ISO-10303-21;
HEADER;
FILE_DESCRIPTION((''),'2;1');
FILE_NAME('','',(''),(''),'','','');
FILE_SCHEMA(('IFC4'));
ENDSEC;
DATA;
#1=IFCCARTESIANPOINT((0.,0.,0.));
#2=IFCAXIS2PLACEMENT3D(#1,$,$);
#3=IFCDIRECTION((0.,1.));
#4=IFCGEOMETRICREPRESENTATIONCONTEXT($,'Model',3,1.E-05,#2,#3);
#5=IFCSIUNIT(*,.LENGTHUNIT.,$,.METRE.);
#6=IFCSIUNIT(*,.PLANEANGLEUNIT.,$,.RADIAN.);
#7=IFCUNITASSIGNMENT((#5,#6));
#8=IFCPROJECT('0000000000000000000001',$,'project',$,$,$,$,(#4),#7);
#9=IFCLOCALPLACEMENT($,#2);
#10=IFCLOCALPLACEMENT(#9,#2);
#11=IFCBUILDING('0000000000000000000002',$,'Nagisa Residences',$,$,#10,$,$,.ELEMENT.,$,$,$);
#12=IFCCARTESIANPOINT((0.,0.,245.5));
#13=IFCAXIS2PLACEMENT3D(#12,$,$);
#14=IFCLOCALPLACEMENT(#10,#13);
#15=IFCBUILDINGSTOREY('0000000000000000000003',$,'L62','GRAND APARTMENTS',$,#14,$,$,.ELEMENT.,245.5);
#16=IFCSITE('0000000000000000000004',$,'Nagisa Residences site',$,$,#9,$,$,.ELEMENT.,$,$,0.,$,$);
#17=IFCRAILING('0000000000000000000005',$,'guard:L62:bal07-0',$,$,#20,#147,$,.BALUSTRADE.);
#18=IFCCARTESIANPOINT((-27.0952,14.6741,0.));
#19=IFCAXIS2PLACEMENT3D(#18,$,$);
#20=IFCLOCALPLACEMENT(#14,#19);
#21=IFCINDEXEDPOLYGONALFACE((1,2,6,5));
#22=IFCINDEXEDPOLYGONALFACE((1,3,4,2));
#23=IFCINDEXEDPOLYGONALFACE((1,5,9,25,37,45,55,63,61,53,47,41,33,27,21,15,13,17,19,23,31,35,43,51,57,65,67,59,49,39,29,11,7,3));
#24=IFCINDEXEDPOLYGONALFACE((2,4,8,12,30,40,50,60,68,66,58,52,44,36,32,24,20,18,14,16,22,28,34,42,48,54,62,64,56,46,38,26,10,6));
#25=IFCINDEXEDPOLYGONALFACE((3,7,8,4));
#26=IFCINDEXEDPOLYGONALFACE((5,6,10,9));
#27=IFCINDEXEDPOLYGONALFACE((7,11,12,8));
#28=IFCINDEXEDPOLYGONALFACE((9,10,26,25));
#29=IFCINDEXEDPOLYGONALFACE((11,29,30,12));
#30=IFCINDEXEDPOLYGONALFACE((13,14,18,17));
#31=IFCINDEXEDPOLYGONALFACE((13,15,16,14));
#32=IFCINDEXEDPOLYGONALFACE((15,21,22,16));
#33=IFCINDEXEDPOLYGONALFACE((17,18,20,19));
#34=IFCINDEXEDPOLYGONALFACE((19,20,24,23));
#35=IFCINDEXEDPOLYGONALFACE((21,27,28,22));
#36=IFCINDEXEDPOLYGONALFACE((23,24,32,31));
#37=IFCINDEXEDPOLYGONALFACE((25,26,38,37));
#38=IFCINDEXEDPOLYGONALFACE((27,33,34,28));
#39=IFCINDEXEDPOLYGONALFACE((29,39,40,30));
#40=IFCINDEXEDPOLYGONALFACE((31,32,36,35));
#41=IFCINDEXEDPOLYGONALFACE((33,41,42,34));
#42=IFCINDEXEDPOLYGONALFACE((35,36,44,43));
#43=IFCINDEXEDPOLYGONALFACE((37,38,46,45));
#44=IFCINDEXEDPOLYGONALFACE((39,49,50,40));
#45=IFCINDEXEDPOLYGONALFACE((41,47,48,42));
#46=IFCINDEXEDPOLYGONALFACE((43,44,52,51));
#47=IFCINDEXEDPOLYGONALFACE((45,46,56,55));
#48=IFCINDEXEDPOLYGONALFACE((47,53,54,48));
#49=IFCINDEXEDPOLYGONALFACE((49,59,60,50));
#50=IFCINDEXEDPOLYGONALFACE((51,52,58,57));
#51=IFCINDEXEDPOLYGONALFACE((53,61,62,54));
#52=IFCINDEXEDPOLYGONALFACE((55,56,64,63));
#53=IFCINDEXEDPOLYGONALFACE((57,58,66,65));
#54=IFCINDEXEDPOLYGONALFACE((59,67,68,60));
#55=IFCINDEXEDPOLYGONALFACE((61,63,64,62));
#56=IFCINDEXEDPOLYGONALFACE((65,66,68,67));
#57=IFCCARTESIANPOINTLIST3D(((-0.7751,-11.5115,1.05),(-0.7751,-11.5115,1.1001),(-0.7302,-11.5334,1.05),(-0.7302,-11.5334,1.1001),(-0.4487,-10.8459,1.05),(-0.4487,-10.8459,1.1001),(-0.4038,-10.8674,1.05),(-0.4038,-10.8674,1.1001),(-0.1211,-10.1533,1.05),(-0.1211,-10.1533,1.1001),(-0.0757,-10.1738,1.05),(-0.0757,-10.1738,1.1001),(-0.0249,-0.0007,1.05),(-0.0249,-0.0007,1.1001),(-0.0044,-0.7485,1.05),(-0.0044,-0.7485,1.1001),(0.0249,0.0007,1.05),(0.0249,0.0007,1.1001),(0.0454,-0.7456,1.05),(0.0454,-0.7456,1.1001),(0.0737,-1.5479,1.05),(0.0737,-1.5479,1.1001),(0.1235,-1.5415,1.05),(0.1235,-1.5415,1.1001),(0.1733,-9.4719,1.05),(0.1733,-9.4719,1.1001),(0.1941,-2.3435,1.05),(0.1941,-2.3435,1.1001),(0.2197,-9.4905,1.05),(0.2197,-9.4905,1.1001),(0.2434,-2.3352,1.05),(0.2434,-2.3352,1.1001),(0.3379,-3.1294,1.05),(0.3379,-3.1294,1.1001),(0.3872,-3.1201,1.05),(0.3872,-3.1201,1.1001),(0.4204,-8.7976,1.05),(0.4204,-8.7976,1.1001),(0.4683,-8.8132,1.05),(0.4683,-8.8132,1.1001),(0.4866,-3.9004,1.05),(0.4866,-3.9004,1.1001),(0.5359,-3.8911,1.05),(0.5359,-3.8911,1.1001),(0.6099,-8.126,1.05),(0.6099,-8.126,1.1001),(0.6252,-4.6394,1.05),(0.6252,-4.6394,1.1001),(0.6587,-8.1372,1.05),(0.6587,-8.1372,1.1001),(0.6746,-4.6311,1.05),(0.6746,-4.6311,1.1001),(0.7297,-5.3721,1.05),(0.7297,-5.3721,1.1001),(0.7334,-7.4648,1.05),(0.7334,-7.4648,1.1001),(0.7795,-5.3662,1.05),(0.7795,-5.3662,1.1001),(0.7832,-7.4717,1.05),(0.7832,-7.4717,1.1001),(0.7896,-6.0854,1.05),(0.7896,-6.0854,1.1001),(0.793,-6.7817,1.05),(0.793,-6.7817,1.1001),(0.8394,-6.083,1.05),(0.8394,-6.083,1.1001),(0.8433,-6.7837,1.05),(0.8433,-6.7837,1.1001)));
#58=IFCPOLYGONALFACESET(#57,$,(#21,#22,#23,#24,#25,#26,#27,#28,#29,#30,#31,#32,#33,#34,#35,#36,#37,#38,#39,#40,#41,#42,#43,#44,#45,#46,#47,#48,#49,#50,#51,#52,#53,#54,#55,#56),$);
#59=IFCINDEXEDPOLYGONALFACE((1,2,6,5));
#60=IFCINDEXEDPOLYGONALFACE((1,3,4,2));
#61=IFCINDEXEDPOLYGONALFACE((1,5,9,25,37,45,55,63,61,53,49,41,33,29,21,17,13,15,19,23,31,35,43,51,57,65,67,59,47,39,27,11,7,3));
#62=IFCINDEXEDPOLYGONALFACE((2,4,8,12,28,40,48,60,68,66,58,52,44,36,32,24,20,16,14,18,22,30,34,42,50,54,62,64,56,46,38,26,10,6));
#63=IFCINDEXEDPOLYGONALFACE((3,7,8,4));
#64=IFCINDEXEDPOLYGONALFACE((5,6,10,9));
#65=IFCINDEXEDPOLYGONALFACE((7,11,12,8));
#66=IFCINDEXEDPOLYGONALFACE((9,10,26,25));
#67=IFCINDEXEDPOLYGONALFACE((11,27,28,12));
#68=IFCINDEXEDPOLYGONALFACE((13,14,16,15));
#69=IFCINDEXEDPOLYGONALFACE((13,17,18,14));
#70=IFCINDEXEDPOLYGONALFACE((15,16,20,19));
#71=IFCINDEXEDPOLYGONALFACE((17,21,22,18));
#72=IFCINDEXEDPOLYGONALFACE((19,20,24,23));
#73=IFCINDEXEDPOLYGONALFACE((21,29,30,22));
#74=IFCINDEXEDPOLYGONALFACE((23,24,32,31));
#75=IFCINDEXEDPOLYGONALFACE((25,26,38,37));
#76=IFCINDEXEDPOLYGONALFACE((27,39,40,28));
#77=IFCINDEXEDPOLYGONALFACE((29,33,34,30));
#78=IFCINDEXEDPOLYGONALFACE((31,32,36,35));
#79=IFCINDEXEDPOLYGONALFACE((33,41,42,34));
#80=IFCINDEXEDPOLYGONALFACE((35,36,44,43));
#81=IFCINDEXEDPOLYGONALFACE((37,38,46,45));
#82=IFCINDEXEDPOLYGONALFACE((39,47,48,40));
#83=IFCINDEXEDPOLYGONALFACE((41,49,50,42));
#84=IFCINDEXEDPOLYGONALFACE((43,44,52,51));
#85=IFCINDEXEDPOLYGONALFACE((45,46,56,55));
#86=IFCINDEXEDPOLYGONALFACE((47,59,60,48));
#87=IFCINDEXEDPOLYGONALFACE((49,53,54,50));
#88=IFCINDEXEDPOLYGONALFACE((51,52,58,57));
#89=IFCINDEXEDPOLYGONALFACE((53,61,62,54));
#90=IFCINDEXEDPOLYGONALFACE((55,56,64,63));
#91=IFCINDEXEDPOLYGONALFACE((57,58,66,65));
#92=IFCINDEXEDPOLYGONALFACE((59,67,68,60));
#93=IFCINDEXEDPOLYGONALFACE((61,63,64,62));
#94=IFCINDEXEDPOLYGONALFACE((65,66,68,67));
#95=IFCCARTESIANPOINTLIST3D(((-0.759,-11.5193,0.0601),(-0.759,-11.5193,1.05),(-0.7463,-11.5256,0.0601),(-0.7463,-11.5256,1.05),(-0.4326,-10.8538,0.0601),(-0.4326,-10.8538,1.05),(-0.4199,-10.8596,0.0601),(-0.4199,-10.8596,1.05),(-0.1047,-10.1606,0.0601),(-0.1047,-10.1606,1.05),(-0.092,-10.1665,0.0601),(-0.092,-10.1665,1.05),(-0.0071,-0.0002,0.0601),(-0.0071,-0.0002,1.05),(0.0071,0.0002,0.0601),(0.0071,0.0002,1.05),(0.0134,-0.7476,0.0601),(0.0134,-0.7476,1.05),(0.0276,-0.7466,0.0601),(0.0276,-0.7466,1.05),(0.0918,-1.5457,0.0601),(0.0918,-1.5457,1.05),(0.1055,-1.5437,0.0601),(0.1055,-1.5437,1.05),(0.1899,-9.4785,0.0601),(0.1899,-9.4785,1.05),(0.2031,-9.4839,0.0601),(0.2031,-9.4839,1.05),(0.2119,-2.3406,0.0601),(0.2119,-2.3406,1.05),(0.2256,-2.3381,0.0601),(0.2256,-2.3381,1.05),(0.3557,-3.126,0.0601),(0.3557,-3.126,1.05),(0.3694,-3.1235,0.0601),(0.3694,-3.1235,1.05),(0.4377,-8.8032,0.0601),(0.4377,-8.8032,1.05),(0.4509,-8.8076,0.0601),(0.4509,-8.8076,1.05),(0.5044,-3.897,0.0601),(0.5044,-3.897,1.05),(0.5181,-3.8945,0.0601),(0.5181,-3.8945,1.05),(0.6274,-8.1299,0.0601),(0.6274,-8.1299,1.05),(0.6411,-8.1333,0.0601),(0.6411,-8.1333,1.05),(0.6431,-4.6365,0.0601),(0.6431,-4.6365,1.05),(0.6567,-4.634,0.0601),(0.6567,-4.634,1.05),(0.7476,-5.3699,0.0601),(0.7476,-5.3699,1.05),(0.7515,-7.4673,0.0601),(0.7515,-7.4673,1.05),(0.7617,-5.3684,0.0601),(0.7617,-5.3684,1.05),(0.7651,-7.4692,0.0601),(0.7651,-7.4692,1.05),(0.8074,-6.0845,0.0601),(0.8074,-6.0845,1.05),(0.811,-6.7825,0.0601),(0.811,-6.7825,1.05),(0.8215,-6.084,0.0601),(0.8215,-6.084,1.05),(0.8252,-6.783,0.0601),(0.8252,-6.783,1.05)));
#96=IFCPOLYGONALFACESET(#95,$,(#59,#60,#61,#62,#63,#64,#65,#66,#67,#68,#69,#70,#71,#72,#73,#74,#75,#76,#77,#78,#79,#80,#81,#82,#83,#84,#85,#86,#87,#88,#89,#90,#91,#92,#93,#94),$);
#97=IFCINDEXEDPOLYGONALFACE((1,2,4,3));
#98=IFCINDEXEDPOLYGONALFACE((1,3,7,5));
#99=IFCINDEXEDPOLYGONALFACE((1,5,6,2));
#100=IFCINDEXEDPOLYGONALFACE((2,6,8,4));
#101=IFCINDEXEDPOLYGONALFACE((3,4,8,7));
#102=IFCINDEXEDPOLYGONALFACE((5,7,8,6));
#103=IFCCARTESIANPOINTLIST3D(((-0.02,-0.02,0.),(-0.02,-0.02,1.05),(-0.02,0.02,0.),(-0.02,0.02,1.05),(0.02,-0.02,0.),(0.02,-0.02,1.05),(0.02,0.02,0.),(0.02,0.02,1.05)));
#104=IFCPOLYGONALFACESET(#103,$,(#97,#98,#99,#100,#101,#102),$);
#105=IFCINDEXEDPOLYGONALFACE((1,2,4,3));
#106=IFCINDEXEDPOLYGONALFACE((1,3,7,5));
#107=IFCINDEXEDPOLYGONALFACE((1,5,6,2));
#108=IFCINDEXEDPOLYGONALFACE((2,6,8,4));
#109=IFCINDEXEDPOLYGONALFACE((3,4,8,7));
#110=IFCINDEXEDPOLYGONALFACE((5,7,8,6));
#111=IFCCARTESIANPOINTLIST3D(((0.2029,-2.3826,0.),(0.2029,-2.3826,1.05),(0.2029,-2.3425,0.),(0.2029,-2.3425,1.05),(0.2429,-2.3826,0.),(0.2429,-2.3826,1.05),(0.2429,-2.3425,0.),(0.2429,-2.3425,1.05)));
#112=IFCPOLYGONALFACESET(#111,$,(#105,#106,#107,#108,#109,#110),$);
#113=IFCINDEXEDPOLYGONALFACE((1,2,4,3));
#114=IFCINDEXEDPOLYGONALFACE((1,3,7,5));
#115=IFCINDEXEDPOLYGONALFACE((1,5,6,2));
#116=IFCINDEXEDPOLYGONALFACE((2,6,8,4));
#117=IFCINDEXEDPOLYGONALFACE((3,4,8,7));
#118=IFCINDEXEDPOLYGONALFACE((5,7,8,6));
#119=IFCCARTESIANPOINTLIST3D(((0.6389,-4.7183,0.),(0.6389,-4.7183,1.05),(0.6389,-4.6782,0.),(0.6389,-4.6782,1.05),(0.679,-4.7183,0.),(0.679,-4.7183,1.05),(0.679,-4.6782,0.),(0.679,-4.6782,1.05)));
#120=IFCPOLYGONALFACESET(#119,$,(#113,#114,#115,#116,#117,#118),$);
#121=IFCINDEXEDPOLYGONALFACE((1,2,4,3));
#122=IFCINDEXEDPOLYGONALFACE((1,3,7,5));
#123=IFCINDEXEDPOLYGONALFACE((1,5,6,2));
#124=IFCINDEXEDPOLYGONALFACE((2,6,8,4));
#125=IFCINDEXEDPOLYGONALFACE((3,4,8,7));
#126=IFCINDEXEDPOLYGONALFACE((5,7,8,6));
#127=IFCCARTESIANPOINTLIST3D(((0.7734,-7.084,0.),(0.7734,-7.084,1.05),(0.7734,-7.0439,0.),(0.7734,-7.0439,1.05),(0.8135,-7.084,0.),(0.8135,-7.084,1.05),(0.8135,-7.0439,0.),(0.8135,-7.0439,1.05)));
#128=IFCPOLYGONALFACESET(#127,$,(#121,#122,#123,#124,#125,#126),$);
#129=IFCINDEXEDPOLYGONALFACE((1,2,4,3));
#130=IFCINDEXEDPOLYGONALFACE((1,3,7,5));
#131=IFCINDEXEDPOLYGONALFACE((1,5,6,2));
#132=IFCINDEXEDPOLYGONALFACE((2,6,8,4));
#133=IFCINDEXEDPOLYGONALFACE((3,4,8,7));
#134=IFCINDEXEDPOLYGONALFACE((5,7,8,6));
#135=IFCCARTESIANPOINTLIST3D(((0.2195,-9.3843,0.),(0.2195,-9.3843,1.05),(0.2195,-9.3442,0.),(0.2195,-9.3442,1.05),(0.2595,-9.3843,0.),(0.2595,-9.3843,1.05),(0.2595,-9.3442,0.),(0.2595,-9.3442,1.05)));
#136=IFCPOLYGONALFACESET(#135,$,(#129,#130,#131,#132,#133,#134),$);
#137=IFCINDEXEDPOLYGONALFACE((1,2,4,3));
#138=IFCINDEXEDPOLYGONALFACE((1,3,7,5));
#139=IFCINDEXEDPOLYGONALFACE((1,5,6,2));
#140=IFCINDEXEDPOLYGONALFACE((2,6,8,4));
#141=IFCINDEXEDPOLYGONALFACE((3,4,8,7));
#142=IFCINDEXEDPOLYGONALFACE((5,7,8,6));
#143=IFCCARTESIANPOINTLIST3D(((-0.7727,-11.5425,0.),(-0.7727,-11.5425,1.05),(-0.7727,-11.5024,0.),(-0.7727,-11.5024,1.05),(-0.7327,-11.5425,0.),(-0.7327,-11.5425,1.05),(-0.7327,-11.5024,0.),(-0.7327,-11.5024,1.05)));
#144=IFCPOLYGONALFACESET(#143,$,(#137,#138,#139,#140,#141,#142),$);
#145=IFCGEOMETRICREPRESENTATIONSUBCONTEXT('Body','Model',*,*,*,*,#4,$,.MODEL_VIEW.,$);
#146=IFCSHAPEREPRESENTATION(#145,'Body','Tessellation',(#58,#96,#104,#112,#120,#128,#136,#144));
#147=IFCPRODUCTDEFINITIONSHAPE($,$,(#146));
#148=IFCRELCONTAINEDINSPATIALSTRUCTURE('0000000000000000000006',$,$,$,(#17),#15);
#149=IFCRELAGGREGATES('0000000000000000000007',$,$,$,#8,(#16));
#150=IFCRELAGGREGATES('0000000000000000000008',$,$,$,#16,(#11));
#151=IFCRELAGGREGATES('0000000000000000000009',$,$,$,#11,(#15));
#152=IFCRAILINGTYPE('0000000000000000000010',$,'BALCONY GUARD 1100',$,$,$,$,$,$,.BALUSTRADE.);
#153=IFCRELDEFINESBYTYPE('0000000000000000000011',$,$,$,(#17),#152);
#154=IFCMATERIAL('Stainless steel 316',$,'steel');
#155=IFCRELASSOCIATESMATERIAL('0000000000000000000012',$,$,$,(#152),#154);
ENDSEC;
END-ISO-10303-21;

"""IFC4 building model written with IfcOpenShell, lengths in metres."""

from ifc_helpers import new_model, si_unit, direction, frame, origin, origin_2d, place, context, subcontext, project, spatial, polyline, rectangle, outline, extrude, material, type_object, element, save


model = new_model("IFC4")

# Units and contexts
model_context = context("Model", 3, precision=1e-05, world=origin(), true_north=direction((0.0, 1.0)))
body_context = subcontext(model_context, "Body", "Model", "MODEL_VIEW")
ifc_project = project(units=[si_unit("LENGTHUNIT", "METRE"), si_unit("PLANEANGLEUNIT", "RADIAN")], contexts=[model_context])

# Site, building, storey
site_placement = place(None, origin())
site = spatial("IfcSite", under=ifc_project, at=site_placement, Name="Nagisa Residences site", CompositionType="ELEMENT", RefElevation=0.0)
building_placement = place(site_placement, origin())
building = spatial("IfcBuilding", under=site, at=building_placement, Name="Nagisa Residences", CompositionType="ELEMENT")
storey_placement = place(building_placement, frame((0.0, 0.0, 245.5)))
storey = spatial("IfcBuildingStorey", under=building, at=storey_placement, Name="L62", Description="GRAND APARTMENTS", CompositionType="ELEMENT", Elevation=245.5)

# Railing
ifc_material_1 = material(Name="Stainless steel 316", Category="steel")
railing_type = type_object("IfcRailingType", Name="BALCONY GUARD 1100", PredefinedType="BALUSTRADE", material=ifc_material_1)
railing_1_placement = place(storey_placement, frame((-27.0952, 14.6741, 0.0)))
element("IfcRailing", 1, at=railing_1_placement, inside=storey, type_object=railing_type, Name="guard:L62:bal07-0", PredefinedType="BALUSTRADE", context=body_context, shape_type="SweptSolid", body=[
    extrude(outline(polyline([(0.0454, -0.7456), (0.0249, 0.0007), (-0.0249, -0.0007), (-0.0044, -0.7485), (0.0737, -1.5479), (0.1941, -2.3435), (0.3379, -3.1294), (0.4866, -3.9004), (0.6252, -4.6394), (0.7297, -5.3721), (0.7896, -6.0854), (0.793, -6.7817), (0.7334, -7.4648), (0.6099, -8.126), (0.4204, -8.7976), (0.1733, -9.4719), (-0.1211, -10.1533), (-0.4487, -10.8459), (-0.7751, -11.5115), (-0.7302, -11.5334), (-0.4038, -10.8674), (-0.0757, -10.1738), (0.2197, -9.4905), (0.4683, -8.8132), (0.6587, -8.1372), (0.7832, -7.4717), (0.8433, -6.7837), (0.8394, -6.083), (0.7795, -5.3662), (0.6746, -4.6311), (0.5359, -3.8911), (0.3872, -3.1201), (0.2434, -2.3352), (0.1235, -1.5415), (0.0454, -0.7456)])), frame((0.0, 0.0, 1.05)), (0.0, 0.0, 1.0), 0.05),
    extrude(outline(polyline([(0.0276, -0.7466), (0.0071, 0.0002), (-0.0071, -0.0002), (0.0134, -0.7476), (0.0918, -1.5457), (0.2119, -2.3406), (0.3557, -3.126), (0.5044, -3.897), (0.6431, -4.6365), (0.7476, -5.3699), (0.8074, -6.0845), (0.811, -6.7825), (0.7515, -7.4673), (0.6274, -8.1299), (0.4377, -8.8032), (0.1899, -9.4785), (-0.1047, -10.1606), (-0.4326, -10.8538), (-0.759, -11.5193), (-0.7463, -11.5256), (-0.4199, -10.8596), (-0.092, -10.1665), (0.2031, -9.4839), (0.4509, -8.8076), (0.6411, -8.1333), (0.7651, -7.4692), (0.8252, -6.783), (0.8215, -6.084), (0.7617, -5.3684), (0.6567, -4.634), (0.5181, -3.8945), (0.3694, -3.1235), (0.2256, -2.3381), (0.1055, -1.5437), (0.0276, -0.7466)])), frame((0.0, 0.0, 0.0601)), (0.0, 0.0, 1.0), 0.99),
    extrude(rectangle(XDim=0.04, YDim=0.04, at=origin_2d()), origin(), (0.0, 0.0, 1.0), 1.05),
    extrude(rectangle(XDim=0.04, YDim=0.04, at=origin_2d()), frame((0.2229, -2.3625, 0.0)), (0.0, 0.0, 1.0), 1.05),
    extrude(rectangle(XDim=0.04, YDim=0.04, at=origin_2d()), frame((0.6589, -4.6982, 0.0)), (0.0, 0.0, 1.0), 1.05),
    extrude(rectangle(XDim=0.04, YDim=0.04, at=origin_2d()), frame((0.7935, -7.064, 0.0)), (0.0, 0.0, 1.0), 1.05),
    extrude(rectangle(XDim=0.04, YDim=0.04, at=origin_2d()), frame((0.2395, -9.3643, 0.0)), (0.0, 0.0, 1.0), 1.05),
    extrude(rectangle(XDim=0.04, YDim=0.04, at=origin_2d()), frame((-0.7527, -11.5225, 0.0)), (0.0, 0.0, 1.0), 1.05),
])

save(model, "model.ifc")
